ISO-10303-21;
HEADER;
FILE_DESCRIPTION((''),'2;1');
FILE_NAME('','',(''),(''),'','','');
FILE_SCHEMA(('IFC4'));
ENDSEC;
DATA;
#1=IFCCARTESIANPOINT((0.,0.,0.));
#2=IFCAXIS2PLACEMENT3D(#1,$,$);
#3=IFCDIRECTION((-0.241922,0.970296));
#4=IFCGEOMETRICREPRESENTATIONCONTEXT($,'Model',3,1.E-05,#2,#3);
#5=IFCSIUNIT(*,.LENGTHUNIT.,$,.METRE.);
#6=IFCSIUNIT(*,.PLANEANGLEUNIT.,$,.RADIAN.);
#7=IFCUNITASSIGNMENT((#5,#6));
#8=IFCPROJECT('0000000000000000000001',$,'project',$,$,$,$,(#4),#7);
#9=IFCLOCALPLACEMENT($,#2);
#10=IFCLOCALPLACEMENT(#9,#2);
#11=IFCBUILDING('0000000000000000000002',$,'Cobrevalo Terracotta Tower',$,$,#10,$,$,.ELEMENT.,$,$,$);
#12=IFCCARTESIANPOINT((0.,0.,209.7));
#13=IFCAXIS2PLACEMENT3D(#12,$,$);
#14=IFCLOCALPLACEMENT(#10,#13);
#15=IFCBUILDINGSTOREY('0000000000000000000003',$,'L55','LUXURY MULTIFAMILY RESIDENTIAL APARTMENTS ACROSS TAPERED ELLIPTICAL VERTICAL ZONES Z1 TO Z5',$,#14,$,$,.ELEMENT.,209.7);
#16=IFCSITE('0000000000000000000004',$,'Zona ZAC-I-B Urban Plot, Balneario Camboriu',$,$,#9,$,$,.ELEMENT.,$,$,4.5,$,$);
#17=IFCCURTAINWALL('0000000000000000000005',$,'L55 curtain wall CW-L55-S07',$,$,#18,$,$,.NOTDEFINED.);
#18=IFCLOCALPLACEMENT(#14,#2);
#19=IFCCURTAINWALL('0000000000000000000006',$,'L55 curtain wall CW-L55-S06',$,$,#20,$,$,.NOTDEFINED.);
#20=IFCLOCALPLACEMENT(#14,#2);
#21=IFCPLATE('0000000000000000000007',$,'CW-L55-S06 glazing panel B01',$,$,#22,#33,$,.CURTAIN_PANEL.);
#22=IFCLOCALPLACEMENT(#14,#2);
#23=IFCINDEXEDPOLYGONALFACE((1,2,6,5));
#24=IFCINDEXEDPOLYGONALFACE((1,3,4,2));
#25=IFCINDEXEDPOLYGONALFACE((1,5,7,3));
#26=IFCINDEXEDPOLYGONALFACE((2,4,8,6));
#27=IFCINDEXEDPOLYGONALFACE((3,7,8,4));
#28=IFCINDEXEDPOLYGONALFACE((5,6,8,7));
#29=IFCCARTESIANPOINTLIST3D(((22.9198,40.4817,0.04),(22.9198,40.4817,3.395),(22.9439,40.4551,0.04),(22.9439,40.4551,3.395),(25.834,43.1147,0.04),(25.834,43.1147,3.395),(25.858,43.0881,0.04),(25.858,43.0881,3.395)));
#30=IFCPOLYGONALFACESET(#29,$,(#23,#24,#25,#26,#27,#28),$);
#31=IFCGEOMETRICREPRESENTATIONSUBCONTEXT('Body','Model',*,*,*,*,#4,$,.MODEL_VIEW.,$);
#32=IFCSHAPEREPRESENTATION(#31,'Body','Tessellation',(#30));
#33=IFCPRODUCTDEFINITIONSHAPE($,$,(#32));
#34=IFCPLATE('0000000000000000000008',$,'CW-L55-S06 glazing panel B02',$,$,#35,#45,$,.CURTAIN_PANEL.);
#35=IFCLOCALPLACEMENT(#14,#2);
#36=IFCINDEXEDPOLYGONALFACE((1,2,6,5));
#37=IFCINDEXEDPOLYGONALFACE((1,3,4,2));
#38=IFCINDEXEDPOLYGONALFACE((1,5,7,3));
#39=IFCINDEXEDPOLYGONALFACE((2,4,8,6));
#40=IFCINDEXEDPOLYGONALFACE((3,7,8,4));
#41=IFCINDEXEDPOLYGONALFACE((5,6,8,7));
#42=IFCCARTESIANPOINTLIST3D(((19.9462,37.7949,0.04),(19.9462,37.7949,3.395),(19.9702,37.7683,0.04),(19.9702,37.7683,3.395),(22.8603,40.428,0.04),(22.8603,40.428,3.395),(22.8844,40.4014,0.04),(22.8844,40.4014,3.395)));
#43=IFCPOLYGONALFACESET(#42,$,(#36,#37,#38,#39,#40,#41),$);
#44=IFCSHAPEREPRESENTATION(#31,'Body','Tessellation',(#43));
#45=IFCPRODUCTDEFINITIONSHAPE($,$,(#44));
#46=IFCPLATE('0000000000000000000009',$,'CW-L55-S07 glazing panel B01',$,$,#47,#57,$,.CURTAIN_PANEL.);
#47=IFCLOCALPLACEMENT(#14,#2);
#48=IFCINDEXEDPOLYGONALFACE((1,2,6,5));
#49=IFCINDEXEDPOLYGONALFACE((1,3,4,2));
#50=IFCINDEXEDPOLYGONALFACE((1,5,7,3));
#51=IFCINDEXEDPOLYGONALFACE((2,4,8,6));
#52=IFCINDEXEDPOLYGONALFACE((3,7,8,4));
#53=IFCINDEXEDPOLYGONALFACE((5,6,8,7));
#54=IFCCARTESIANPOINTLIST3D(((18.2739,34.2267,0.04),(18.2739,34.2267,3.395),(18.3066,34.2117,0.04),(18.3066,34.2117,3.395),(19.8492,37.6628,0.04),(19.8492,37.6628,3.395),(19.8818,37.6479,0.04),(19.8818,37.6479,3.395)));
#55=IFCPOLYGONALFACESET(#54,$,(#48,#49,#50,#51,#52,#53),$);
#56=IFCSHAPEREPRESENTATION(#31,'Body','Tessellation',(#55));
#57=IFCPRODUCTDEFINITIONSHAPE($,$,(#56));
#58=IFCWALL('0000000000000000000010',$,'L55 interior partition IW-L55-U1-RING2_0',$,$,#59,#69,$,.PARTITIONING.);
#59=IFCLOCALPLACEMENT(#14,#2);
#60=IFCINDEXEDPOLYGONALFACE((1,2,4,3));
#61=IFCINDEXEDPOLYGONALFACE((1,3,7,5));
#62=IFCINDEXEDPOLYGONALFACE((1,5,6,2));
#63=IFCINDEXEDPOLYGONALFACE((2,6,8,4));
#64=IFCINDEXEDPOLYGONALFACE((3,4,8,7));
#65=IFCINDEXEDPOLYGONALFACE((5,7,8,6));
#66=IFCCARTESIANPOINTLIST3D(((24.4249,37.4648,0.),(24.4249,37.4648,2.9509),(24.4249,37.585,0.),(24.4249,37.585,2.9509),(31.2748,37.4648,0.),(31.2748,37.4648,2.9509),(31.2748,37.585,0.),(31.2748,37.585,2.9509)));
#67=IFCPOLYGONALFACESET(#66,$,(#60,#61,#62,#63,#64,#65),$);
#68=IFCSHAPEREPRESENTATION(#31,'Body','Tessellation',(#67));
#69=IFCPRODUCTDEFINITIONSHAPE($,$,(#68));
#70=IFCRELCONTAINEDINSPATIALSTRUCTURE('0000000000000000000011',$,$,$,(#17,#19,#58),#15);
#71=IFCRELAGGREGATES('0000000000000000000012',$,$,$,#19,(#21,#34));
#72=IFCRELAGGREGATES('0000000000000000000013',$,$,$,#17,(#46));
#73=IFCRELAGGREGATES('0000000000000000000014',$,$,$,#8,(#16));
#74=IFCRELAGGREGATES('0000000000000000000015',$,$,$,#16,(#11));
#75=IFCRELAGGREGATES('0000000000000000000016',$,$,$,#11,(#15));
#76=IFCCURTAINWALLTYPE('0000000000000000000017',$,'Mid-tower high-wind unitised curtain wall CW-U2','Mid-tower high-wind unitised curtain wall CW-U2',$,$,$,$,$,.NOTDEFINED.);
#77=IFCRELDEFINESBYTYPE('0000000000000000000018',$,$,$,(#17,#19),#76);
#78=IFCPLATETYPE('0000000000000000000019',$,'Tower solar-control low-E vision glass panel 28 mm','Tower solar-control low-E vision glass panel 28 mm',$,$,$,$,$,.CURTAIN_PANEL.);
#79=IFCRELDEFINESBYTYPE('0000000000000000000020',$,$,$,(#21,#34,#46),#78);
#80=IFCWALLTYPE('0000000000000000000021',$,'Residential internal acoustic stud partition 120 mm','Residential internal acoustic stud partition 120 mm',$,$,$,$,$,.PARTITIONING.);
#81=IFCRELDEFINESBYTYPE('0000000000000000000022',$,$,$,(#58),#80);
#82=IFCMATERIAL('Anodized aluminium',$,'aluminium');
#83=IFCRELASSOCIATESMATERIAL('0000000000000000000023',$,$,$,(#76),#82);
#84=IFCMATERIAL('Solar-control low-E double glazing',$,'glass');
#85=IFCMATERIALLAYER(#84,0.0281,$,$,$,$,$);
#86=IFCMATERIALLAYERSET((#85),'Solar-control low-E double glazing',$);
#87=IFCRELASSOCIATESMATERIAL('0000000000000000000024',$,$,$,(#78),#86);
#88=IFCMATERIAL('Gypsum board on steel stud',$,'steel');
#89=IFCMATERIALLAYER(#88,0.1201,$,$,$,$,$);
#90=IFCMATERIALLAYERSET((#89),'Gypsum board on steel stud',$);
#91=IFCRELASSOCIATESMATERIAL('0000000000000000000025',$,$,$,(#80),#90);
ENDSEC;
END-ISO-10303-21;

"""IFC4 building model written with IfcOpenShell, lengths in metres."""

from ifc_helpers import new_model, si_unit, direction, frame, frame_2d, origin, origin_2d, place, context, subcontext, project, spatial, rectangle, extrude, source, transform, mapped, material, layer, layer_set, type_object, element, aggregate, save


model = new_model("IFC4")

# Units and contexts
model_context = context("Model", 3, precision=1e-05, world=origin(), true_north=direction((-0.241922, 0.970296)))
body_context = subcontext(model_context, "Body", "Model", "MODEL_VIEW")
ifc_project = project(units=[si_unit("LENGTHUNIT", "METRE"), si_unit("PLANEANGLEUNIT", "RADIAN")], contexts=[model_context])

# Site, building, storey
site_placement = place(None, origin())
site = spatial("IfcSite", under=ifc_project, at=site_placement, Name="Zona ZAC-I-B Urban Plot, Balneario Camboriu", CompositionType="ELEMENT", RefElevation=4.5)
building_placement = place(site_placement, origin())
building = spatial("IfcBuilding", under=site, at=building_placement, Name="Cobrevalo Terracotta Tower", CompositionType="ELEMENT")
storey_placement = place(building_placement, frame((0.0, 0.0, 209.7)))
storey = spatial("IfcBuildingStorey", under=building, at=storey_placement, Name="L55", Description="LUXURY MULTIFAMILY RESIDENTIAL APARTMENTS ACROSS TAPERED ELLIPTICAL VERTICAL ZONES Z1 TO Z5", CompositionType="ELEMENT", Elevation=209.7)

# Curtain walls
ifc_material_1 = material(Name="Anodized aluminium", Category="aluminium")
curtain_wall_type = type_object("IfcCurtainWallType", Name="Mid-tower high-wind unitised curtain wall CW-U2", Description="Mid-tower high-wind unitised curtain wall CW-U2", PredefinedType="NOTDEFINED", material=ifc_material_1)
curtain_wall_1_placement = place(storey_placement, origin())
curtain_wall_1 = element("IfcCurtainWall", 1, at=curtain_wall_1_placement, inside=storey, type_object=curtain_wall_type, Name="L55 curtain wall CW-L55-S07", PredefinedType="NOTDEFINED")
curtain_wall_2_placement = place(storey_placement, origin())
curtain_wall_2 = element("IfcCurtainWall", 2, at=curtain_wall_2_placement, inside=storey, type_object=curtain_wall_type, Name="L55 curtain wall CW-L55-S06", PredefinedType="NOTDEFINED")

# Plates
ifc_material_2 = material(Name="Solar-control low-E double glazing", Category="glass")
ifc_layer_1 = layer(ifc_material_2, 0.0281)
ifc_layer_set_1 = layer_set([ifc_layer_1], Name="Solar-control low-E double glazing")
plate_type = type_object("IfcPlateType", Name="Tower solar-control low-E vision glass panel 28 mm", Description="Tower solar-control low-E vision glass panel 28 mm", PredefinedType="CURTAIN_PANEL", material=ifc_layer_set_1)
shared_shape_1 = source(origin(), body_context, "Body", "SweptSolid", [
    extrude(rectangle(XDim=3.9275, YDim=0.0359, at=origin_2d()), origin(), (0.0, 0.0, 1.0), 3.355),
])
plate_1_placement = place(storey_placement, frame((24.3889, 41.7849, 0.04), z_axis=(0.0, 0.0, 1.0), x_axis=(-0.741988, -0.670414, 0.0)))
plate_1 = element("IfcPlate", 3, at=plate_1_placement, type_object=plate_type, Name="CW-L55-S06 glazing panel B01", PredefinedType="CURTAIN_PANEL", context=body_context, shape_type="MappedRepresentation", body=[
    mapped(shared_shape_1, transform((0.0, 0.0, 0.0), scale=1.0)),
])
plate_2_placement = place(storey_placement, frame((21.4153, 39.0981, 0.04), z_axis=(0.0, 0.0, 1.0), x_axis=(-0.741988, -0.670414, 0.0)))
plate_2 = element("IfcPlate", 4, at=plate_2_placement, type_object=plate_type, Name="CW-L55-S06 glazing panel B02", PredefinedType="CURTAIN_PANEL", context=body_context, shape_type="MappedRepresentation", body=[
    mapped(shared_shape_1, transform((0.0, 0.0, 0.0), scale=1.0)),
])
aggregate(curtain_wall_2, [plate_1, plate_2])
shared_shape_2 = source(origin(), body_context, "Body", "SweptSolid", [
    extrude(rectangle(XDim=3.78, YDim=0.0359, at=origin_2d()), origin(), (0.0, 0.0, 1.0), 3.355),
])
plate_3_placement = place(storey_placement, frame((19.0779, 35.9373, 0.04), z_axis=(0.0, 0.0, 1.0), x_axis=(-0.416731, -0.90903, 0.0)))
plate_3 = element("IfcPlate", 5, at=plate_3_placement, type_object=plate_type, Name="CW-L55-S07 glazing panel B01", PredefinedType="CURTAIN_PANEL", context=body_context, shape_type="MappedRepresentation", body=[
    mapped(shared_shape_2, transform((0.0, 0.0, 0.0), scale=1.0)),
])
aggregate(curtain_wall_1, [plate_3])

# Wall
ifc_material_3 = material(Name="Gypsum board on steel stud", Category="steel")
ifc_layer_2 = layer(ifc_material_3, 0.1201)
ifc_layer_set_2 = layer_set([ifc_layer_2], Name="Gypsum board on steel stud")
wall_type = type_object("IfcWallType", Name="Residential internal acoustic stud partition 120 mm", Description="Residential internal acoustic stud partition 120 mm", PredefinedType="PARTITIONING", material=ifc_layer_set_2)
wall_placement = place(storey_placement, frame((24.425, 37.5249, 0.0), z_axis=(0.0, 0.0, 1.0), x_axis=(1.0, 0.0, 0.0)))
element("IfcWall", 6, at=wall_placement, inside=storey, type_object=wall_type, Name="L55 interior partition IW-L55-U1-RING2_0", PredefinedType="PARTITIONING", context=body_context, shape_type="SweptSolid", body=[
    extrude(rectangle(XDim=6.8499, YDim=0.1201, at=frame_2d((3.4248, 0.0))), origin(), (0.0, 0.0, 1.0), 2.9509),
])

save(model, "model.ifc")
